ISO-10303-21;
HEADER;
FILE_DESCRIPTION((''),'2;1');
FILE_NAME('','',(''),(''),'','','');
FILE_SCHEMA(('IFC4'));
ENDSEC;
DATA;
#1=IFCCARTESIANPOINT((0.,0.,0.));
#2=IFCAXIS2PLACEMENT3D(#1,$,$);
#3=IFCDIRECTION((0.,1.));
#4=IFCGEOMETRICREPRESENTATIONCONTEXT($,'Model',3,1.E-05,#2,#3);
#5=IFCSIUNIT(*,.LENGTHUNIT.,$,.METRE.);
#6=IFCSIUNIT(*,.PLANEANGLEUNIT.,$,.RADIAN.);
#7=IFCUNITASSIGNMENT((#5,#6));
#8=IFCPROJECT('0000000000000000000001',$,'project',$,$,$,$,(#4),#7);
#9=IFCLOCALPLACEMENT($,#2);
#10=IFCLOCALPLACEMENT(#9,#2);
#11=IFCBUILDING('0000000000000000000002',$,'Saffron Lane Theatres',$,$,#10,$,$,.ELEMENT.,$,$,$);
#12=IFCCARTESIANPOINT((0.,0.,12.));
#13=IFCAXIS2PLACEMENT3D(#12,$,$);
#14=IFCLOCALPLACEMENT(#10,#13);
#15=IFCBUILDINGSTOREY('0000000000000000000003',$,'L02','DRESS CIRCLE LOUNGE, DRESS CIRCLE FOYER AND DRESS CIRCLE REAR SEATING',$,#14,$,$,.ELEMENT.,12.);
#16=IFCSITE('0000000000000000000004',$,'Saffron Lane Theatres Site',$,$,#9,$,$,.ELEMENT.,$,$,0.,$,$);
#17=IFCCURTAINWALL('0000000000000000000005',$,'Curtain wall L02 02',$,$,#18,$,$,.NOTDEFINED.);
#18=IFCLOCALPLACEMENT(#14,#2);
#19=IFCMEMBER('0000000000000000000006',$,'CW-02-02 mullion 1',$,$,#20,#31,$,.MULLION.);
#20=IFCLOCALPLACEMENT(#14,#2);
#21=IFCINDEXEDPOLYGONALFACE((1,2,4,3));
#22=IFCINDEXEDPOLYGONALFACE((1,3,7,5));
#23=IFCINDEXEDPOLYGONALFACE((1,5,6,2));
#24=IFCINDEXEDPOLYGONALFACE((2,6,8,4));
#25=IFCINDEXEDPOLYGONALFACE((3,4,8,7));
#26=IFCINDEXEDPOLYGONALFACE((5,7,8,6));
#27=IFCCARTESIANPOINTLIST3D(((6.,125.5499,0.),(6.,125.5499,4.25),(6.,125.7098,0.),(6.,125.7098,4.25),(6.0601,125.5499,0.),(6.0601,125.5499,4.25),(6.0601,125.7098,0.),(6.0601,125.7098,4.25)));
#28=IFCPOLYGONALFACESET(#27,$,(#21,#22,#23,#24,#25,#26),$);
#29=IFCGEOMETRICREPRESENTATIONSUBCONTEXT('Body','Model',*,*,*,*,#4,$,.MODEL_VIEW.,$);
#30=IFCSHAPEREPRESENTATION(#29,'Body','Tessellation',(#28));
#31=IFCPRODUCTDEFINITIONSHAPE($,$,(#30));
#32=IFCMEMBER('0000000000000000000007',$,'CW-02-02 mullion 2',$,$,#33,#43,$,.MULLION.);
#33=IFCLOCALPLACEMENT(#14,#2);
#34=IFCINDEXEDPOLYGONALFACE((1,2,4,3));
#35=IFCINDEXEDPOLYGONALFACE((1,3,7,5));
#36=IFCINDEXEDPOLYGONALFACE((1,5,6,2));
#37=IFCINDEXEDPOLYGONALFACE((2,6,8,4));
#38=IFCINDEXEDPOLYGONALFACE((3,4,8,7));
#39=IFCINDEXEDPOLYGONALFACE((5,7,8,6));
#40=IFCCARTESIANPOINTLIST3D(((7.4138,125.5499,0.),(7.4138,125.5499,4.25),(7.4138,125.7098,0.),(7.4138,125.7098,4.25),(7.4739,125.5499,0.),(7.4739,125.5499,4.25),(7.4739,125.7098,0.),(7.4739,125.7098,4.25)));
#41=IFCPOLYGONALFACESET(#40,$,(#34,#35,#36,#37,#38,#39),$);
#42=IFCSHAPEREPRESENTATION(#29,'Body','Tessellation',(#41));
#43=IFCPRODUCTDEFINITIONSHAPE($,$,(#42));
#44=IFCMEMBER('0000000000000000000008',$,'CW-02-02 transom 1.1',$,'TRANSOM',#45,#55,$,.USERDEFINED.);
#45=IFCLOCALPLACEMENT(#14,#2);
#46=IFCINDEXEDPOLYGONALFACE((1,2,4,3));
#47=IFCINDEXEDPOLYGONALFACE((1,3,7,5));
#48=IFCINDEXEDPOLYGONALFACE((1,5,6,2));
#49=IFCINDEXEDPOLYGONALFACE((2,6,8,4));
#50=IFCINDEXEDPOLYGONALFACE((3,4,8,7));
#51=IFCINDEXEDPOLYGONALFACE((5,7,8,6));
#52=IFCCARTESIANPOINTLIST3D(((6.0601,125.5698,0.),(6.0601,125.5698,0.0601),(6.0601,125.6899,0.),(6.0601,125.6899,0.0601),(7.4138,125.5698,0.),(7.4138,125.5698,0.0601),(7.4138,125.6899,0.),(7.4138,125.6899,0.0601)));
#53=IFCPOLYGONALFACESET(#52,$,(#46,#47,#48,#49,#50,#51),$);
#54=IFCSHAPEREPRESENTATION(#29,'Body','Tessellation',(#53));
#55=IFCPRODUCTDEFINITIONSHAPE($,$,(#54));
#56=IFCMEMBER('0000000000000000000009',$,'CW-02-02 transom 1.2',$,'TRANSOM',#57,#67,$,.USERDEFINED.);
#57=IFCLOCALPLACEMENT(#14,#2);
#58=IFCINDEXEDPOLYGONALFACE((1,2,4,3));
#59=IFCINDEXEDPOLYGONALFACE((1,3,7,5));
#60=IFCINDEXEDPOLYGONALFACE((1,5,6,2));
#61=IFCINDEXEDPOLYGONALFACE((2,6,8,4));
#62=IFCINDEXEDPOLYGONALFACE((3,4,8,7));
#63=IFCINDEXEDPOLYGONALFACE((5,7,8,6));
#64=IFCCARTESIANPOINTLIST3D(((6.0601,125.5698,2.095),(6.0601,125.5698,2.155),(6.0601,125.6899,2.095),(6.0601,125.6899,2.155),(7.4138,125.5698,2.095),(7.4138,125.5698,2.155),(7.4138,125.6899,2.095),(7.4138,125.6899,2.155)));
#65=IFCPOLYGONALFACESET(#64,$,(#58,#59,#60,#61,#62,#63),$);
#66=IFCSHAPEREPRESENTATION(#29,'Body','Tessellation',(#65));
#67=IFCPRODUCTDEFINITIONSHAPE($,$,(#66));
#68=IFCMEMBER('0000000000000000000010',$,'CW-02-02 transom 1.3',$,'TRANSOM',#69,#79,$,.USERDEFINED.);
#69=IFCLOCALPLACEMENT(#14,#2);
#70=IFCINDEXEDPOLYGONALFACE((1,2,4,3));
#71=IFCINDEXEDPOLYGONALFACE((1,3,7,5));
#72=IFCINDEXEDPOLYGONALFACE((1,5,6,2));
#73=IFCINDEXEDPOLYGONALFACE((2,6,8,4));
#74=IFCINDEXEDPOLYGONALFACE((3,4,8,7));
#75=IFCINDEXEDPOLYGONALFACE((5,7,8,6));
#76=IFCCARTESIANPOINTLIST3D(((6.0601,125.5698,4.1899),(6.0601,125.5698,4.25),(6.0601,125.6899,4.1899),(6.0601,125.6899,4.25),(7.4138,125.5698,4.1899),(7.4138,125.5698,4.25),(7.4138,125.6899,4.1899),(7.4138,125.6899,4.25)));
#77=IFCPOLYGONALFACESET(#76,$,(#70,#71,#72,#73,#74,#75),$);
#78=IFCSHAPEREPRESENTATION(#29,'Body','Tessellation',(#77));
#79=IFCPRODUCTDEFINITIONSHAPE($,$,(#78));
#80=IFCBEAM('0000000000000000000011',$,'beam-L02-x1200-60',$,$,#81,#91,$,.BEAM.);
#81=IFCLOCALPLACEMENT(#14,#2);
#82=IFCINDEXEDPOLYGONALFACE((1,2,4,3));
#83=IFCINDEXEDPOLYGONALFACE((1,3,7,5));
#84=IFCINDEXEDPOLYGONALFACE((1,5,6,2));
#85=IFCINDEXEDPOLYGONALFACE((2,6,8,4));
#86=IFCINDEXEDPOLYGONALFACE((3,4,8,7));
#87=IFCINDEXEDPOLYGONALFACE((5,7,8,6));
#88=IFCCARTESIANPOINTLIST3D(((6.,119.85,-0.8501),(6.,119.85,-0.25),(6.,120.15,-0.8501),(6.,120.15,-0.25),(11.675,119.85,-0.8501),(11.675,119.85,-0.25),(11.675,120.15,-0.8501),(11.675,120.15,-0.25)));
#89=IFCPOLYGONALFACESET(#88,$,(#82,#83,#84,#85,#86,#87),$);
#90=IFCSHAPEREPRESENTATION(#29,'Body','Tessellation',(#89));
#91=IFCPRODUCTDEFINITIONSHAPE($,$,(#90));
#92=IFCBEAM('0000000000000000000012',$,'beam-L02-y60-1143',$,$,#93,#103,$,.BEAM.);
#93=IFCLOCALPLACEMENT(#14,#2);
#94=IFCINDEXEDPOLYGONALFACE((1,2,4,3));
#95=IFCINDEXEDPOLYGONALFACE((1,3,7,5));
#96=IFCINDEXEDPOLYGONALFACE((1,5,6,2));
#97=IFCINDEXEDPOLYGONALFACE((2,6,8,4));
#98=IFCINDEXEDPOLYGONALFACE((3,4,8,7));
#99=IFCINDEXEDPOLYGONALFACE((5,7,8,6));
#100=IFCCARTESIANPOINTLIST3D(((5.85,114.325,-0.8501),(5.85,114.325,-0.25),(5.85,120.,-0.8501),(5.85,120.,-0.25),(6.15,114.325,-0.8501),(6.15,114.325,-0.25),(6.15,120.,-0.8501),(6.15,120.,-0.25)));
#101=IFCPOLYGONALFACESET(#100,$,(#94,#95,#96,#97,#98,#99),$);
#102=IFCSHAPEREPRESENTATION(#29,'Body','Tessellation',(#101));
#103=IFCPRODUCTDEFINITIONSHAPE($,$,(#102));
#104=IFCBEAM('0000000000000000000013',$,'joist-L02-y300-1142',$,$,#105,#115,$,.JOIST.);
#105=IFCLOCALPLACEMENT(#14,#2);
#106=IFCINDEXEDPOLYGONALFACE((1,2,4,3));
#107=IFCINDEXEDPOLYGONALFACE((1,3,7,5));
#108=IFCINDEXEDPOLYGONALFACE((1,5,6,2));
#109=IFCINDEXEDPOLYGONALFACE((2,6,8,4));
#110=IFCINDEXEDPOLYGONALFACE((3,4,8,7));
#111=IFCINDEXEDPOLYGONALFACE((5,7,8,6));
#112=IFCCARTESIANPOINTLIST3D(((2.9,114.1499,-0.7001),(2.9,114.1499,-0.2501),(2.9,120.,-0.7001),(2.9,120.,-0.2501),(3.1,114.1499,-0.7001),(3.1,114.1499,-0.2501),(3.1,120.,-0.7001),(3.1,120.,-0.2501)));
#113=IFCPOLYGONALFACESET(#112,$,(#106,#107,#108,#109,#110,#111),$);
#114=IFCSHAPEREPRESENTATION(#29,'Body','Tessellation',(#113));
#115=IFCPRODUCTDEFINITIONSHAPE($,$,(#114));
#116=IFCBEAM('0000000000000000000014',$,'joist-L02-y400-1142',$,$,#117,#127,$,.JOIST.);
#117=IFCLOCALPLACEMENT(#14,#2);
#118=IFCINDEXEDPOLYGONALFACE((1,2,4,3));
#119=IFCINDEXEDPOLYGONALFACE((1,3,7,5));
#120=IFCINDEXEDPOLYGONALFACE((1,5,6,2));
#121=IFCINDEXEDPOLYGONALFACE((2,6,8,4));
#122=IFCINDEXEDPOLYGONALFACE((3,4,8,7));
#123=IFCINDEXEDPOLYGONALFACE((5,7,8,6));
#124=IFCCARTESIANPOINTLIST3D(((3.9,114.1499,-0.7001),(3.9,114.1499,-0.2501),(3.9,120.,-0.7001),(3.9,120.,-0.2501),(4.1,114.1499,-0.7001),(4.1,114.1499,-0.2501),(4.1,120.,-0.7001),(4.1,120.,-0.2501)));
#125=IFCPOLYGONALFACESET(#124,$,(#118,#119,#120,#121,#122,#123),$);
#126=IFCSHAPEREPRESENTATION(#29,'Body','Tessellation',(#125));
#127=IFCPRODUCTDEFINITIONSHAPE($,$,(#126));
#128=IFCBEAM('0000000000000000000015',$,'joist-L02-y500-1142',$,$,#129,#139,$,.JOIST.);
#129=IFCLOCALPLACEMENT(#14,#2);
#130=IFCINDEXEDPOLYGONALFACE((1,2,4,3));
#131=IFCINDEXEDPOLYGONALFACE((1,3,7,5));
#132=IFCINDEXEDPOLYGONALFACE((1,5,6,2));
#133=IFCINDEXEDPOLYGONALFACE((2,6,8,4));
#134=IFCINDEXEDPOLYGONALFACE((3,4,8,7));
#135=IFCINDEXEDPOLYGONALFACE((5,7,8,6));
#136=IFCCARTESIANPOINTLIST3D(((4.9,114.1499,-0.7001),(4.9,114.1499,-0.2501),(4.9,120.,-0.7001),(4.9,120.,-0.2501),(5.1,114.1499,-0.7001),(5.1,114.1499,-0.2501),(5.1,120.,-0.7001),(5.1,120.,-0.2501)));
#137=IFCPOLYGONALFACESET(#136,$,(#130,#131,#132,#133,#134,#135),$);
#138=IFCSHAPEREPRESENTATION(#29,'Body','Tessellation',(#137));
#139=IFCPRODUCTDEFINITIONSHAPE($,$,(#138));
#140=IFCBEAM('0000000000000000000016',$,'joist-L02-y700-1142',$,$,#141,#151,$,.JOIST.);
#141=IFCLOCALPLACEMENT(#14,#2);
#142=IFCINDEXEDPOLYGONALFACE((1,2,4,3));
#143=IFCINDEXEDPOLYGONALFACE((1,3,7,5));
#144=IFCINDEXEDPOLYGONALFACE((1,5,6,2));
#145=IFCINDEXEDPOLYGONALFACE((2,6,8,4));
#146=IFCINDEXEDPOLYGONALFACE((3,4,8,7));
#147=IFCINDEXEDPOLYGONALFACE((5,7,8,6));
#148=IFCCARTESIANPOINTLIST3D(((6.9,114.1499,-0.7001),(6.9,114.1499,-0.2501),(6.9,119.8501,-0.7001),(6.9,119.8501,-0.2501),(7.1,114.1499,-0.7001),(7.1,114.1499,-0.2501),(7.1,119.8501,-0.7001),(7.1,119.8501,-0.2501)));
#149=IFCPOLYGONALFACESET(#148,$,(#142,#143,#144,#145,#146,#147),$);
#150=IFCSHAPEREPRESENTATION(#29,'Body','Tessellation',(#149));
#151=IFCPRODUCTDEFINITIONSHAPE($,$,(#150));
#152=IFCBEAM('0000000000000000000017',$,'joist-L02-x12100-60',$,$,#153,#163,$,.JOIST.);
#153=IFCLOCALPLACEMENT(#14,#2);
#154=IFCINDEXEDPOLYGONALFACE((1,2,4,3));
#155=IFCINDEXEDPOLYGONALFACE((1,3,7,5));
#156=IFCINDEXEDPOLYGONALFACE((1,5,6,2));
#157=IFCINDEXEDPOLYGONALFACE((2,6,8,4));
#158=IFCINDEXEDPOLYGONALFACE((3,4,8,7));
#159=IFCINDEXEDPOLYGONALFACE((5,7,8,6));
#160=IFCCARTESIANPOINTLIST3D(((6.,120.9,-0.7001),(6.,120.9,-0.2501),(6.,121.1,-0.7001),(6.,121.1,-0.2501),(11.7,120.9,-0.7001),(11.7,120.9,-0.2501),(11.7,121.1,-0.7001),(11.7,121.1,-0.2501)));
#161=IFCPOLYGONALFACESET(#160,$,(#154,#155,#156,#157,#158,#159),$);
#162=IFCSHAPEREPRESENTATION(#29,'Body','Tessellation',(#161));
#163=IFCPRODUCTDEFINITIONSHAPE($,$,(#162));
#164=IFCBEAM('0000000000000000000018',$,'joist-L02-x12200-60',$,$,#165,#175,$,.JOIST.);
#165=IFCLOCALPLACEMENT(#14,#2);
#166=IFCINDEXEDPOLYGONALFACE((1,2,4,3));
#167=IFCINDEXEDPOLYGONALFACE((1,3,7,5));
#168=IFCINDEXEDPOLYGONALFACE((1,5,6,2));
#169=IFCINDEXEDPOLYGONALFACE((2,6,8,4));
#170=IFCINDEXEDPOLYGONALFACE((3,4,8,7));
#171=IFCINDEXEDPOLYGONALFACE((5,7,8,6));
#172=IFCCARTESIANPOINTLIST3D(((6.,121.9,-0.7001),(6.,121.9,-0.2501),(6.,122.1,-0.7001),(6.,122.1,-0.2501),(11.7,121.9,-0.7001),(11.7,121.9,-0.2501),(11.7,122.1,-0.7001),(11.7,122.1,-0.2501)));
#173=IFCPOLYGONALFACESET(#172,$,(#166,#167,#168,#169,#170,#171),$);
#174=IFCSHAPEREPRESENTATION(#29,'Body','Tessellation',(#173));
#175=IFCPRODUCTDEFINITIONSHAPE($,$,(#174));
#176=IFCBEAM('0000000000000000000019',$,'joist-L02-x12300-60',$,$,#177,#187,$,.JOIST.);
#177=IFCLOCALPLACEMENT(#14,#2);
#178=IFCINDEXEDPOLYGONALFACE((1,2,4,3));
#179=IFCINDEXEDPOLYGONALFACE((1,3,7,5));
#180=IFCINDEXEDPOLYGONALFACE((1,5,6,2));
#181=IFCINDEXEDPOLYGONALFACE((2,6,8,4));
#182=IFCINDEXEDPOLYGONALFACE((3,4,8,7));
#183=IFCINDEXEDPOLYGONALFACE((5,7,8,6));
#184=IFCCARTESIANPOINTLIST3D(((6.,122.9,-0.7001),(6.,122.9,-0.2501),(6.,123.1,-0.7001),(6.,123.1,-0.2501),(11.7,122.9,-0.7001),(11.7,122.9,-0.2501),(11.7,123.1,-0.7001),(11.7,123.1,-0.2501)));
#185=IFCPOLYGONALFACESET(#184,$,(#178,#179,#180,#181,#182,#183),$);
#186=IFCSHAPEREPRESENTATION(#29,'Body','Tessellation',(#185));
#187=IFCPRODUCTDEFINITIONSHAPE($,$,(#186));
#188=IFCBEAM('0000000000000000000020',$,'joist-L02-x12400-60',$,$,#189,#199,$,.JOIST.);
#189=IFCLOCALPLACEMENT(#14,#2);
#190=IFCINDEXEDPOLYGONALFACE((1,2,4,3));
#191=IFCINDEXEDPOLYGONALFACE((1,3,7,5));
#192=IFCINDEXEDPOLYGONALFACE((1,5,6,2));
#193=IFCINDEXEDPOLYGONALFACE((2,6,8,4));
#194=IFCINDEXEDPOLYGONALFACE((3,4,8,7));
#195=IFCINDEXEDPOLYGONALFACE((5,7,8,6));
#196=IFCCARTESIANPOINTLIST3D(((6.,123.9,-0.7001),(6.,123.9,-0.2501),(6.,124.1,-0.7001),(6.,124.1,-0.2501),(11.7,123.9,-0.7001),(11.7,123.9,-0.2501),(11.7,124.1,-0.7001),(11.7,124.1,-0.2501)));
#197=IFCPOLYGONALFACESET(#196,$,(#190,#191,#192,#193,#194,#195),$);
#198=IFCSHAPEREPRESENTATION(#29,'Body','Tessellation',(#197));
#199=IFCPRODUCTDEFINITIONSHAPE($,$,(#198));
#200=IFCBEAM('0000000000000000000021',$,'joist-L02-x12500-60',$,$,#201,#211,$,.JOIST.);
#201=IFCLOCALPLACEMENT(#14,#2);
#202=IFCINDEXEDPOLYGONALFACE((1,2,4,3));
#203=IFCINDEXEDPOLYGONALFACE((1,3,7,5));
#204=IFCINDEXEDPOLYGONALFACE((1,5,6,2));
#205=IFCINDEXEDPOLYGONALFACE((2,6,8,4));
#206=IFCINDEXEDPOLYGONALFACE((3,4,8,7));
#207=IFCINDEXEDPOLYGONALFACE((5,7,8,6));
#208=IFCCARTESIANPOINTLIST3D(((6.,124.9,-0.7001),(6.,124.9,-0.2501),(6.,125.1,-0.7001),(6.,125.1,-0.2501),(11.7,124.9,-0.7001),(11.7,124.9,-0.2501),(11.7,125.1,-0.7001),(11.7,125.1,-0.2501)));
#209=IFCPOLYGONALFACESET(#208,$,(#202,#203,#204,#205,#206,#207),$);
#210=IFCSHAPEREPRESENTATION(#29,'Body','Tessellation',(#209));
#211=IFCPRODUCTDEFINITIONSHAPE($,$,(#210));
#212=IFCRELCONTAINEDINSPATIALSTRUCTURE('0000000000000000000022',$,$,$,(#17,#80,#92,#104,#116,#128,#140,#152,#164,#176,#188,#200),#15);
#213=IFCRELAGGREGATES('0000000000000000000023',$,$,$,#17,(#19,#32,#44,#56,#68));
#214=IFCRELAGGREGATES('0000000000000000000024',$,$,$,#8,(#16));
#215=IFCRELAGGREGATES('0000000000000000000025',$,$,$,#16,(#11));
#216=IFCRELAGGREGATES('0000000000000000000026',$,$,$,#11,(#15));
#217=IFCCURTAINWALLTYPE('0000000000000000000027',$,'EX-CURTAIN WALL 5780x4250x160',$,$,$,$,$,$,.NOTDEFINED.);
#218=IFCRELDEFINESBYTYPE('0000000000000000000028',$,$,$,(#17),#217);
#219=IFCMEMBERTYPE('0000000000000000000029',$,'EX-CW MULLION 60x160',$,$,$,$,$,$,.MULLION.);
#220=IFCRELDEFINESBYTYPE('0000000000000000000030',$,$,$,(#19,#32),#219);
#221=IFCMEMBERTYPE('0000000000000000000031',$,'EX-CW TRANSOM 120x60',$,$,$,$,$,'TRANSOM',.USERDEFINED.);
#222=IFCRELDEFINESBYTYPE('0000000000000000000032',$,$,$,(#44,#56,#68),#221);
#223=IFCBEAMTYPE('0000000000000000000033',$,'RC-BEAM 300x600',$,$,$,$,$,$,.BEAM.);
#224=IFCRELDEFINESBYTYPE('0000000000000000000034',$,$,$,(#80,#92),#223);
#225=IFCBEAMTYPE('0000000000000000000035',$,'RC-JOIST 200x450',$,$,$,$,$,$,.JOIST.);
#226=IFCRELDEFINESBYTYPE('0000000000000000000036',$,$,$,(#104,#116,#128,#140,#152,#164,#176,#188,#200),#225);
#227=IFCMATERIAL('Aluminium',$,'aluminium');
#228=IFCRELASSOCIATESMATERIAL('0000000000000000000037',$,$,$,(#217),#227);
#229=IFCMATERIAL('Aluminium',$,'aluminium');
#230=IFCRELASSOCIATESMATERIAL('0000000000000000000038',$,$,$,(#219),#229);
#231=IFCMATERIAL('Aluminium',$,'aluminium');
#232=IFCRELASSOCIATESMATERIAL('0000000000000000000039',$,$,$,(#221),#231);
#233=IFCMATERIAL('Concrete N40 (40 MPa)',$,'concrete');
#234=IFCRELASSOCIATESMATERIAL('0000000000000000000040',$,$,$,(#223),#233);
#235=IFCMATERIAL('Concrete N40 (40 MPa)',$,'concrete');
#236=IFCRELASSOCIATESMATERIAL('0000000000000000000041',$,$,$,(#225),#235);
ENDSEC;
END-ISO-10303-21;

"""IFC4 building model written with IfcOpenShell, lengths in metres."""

from ifc_helpers import new_model, si_unit, direction, frame, origin, origin_2d, place, context, subcontext, project, spatial, rectangle, extrude, material, material_profile, profile_set, type_object, element, aggregate, save


model = new_model("IFC4")

# Units and contexts
model_context = context("Model", 3, precision=1e-05, world=origin(), true_north=direction((0.0, 1.0)))
body_context = subcontext(model_context, "Body", "Model", "MODEL_VIEW")
ifc_project = project(units=[si_unit("LENGTHUNIT", "METRE"), si_unit("PLANEANGLEUNIT", "RADIAN")], contexts=[model_context])

# Site, building, storey
site_placement = place(None, origin())
site = spatial("IfcSite", under=ifc_project, at=site_placement, Name="Saffron Lane Theatres Site", CompositionType="ELEMENT", RefElevation=0.0)
building_placement = place(site_placement, origin())
building = spatial("IfcBuilding", under=site, at=building_placement, Name="Saffron Lane Theatres", CompositionType="ELEMENT")
storey_placement = place(building_placement, frame((0.0, 0.0, 12.0)))
storey = spatial("IfcBuildingStorey", under=building, at=storey_placement, Name="L02", Description="DRESS CIRCLE LOUNGE, DRESS CIRCLE FOYER AND DRESS CIRCLE REAR SEATING", CompositionType="ELEMENT", Elevation=12.0)

# Curtain wall, members
ifc_material_1 = material(Name="Aluminium", Category="aluminium")
curtain_wall_type = type_object("IfcCurtainWallType", Name="EX-CURTAIN WALL 5780x4250x160", PredefinedType="NOTDEFINED", material=ifc_material_1)
curtain_wall_placement = place(storey_placement, origin())
curtain_wall = element("IfcCurtainWall", 1, at=curtain_wall_placement, inside=storey, type_object=curtain_wall_type, Name="Curtain wall L02 02", PredefinedType="NOTDEFINED")
ifc_material_2 = material(Name="Aluminium", Category="aluminium")
ifc_material_profile_1 = material_profile(ifc_material_2, rectangle(XDim=0.0601, YDim=0.1599, at=origin_2d()))
ifc_profile_set_1 = profile_set([ifc_material_profile_1], Name="Aluminium")
member_type_1 = type_object("IfcMemberType", Name="EX-CW MULLION 60x160", PredefinedType="MULLION", material=ifc_profile_set_1)
member_1_placement = place(storey_placement, frame((6.03, 125.6299, 0.0), z_axis=(0.0, 0.0, 1.0), x_axis=(1.0, 0.0, 0.0)))
member_1 = element("IfcMember", 2, at=member_1_placement, type_object=member_type_1, Name="CW-02-02 mullion 1", PredefinedType="MULLION", context=body_context, shape_type="SweptSolid", body=[
    extrude(rectangle(XDim=0.0601, YDim=0.1599, at=origin_2d()), origin(), (0.0, 0.0, 1.0), 4.25),
])
member_2_placement = place(storey_placement, frame((7.4438, 125.6299, 0.0), z_axis=(0.0, 0.0, 1.0), x_axis=(1.0, 0.0, 0.0)))
member_2 = element("IfcMember", 3, at=member_2_placement, type_object=member_type_1, Name="CW-02-02 mullion 2", PredefinedType="MULLION", context=body_context, shape_type="SweptSolid", body=[
    extrude(rectangle(XDim=0.0601, YDim=0.1599, at=origin_2d()), origin(), (0.0, 0.0, 1.0), 4.25),
])
ifc_material_3 = material(Name="Aluminium", Category="aluminium")
ifc_material_profile_2 = material_profile(ifc_material_3, rectangle(XDim=0.1201, YDim=0.0601, at=origin_2d()))
ifc_profile_set_2 = profile_set([ifc_material_profile_2], Name="Aluminium")
member_type_2 = type_object("IfcMemberType", Name="EX-CW TRANSOM 120x60", ElementType="TRANSOM", PredefinedType="USERDEFINED", material=ifc_profile_set_2)
member_3_placement = place(storey_placement, frame((6.0601, 125.6299, 0.03), z_axis=(1.0, 0.0, 0.0), x_axis=(0.0, 1.0, 0.0)))
member_3 = element("IfcMember", 4, at=member_3_placement, type_object=member_type_2, Name="CW-02-02 transom 1.1", ObjectType="TRANSOM", PredefinedType="USERDEFINED", context=body_context, shape_type="SweptSolid", body=[
    extrude(rectangle(XDim=0.1201, YDim=0.0601, at=origin_2d()), origin(), (0.0, 0.0, 1.0), 1.3538),
])
member_4_placement = place(storey_placement, frame((6.0601, 125.6299, 2.125), z_axis=(1.0, 0.0, 0.0), x_axis=(0.0, 1.0, 0.0)))
member_4 = element("IfcMember", 5, at=member_4_placement, type_object=member_type_2, Name="CW-02-02 transom 1.2", ObjectType="TRANSOM", PredefinedType="USERDEFINED", context=body_context, shape_type="SweptSolid", body=[
    extrude(rectangle(XDim=0.1201, YDim=0.0601, at=origin_2d()), origin(), (0.0, 0.0, 1.0), 1.3538),
])
member_5_placement = place(storey_placement, frame((6.0601, 125.6299, 4.22), z_axis=(1.0, 0.0, 0.0), x_axis=(0.0, 1.0, 0.0)))
member_5 = element("IfcMember", 6, at=member_5_placement, type_object=member_type_2, Name="CW-02-02 transom 1.3", ObjectType="TRANSOM", PredefinedType="USERDEFINED", context=body_context, shape_type="SweptSolid", body=[
    extrude(rectangle(XDim=0.1201, YDim=0.0601, at=origin_2d()), origin(), (0.0, 0.0, 1.0), 1.3538),
])

# Beams
ifc_material_4 = material(Name="Concrete N40 (40 MPa)", Category="concrete")
ifc_material_profile_3 = material_profile(ifc_material_4, rectangle(XDim=0.3, YDim=0.6001, at=origin_2d()))
ifc_profile_set_3 = profile_set([ifc_material_profile_3], Name="Concrete N40 (40 MPa)")
beam_type_1 = type_object("IfcBeamType", Name="RC-BEAM 300x600", PredefinedType="BEAM", material=ifc_profile_set_3)
for number, where, z_axis, x_axis, name in (
    (7, (6.0, 120.0, -0.55), (1.0, 0.0, 0.0), (0.0, 1.0, 0.0), "beam-L02-x1200-60"),
    (8, (6.0, 114.325, -0.55), (0.0, 1.0, 0.0), (-1.0, 0.0, 0.0), "beam-L02-y60-1143"),
):
    element("IfcBeam", number, at=place(storey_placement, frame(where, z_axis=z_axis, x_axis=x_axis)), inside=storey, type_object=beam_type_1, Name=name, PredefinedType="BEAM", context=body_context, shape_type="SweptSolid", body=[
        extrude(rectangle(XDim=0.3, YDim=0.6001, at=origin_2d()), origin(), (0.0, 0.0, 1.0), 5.675),
    ])
ifc_material_5 = material(Name="Concrete N40 (40 MPa)", Category="concrete")
ifc_material_profile_4 = material_profile(ifc_material_5, rectangle(XDim=0.2, YDim=0.45, at=origin_2d()))
ifc_profile_set_4 = profile_set([ifc_material_profile_4], Name="Concrete N40 (40 MPa)")
beam_type_2 = type_object("IfcBeamType", Name="RC-JOIST 200x450", PredefinedType="JOIST", material=ifc_profile_set_4)
for number, where, z_axis, x_axis, name in (
    (9, (3.0, 114.1499, -0.4751), (0.0, 1.0, 0.0), (-1.0, 0.0, 0.0), "joist-L02-y300-1142"),
    (10, (4.0, 114.1499, -0.4751), (0.0, 1.0, 0.0), (-1.0, 0.0, 0.0), "joist-L02-y400-1142"),
    (11, (5.0, 114.1499, -0.4751), (0.0, 1.0, 0.0), (-1.0, 0.0, 0.0), "joist-L02-y500-1142"),
):
    element("IfcBeam", number, at=place(storey_placement, frame(where, z_axis=z_axis, x_axis=x_axis)), inside=storey, type_object=beam_type_2, Name=name, PredefinedType="JOIST", context=body_context, shape_type="SweptSolid", body=[
        extrude(rectangle(XDim=0.2, YDim=0.45, at=origin_2d()), origin(), (0.0, 0.0, 1.0), 5.8501),
    ])
beam_placement = place(storey_placement, frame((7.0, 114.1499, -0.4751), z_axis=(0.0, 1.0, 0.0), x_axis=(-1.0, 0.0, 0.0)))
element("IfcBeam", 12, at=beam_placement, inside=storey, type_object=beam_type_2, Name="joist-L02-y700-1142", PredefinedType="JOIST", context=body_context, shape_type="SweptSolid", body=[
    extrude(rectangle(XDim=0.2, YDim=0.45, at=origin_2d()), origin(), (0.0, 0.0, 1.0), 5.7002),
])
for number, where, z_axis, x_axis, name in (
    (13, (6.0, 121.0, -0.4751), (1.0, 0.0, 0.0), (0.0, 1.0, 0.0), "joist-L02-x12100-60"),
    (14, (6.0, 122.0, -0.4751), (1.0, 0.0, 0.0), (0.0, 1.0, 0.0), "joist-L02-x12200-60"),
    (15, (6.0, 123.0, -0.4751), (1.0, 0.0, 0.0), (0.0, 1.0, 0.0), "joist-L02-x12300-60"),
    (16, (6.0, 124.0, -0.4751), (1.0, 0.0, 0.0), (0.0, 1.0, 0.0), "joist-L02-x12400-60"),
    (17, (6.0, 125.0, -0.4751), (1.0, 0.0, 0.0), (0.0, 1.0, 0.0), "joist-L02-x12500-60"),
):
    element("IfcBeam", number, at=place(storey_placement, frame(where, z_axis=z_axis, x_axis=x_axis)), inside=storey, type_object=beam_type_2, Name=name, PredefinedType="JOIST", context=body_context, shape_type="SweptSolid", body=[
        extrude(rectangle(XDim=0.2, YDim=0.45, at=origin_2d()), origin(), (0.0, 0.0, 1.0), 5.7),
    ])

aggregate(curtain_wall, [member_1, member_2, member_3, member_4, member_5])

save(model, "model.ifc")
